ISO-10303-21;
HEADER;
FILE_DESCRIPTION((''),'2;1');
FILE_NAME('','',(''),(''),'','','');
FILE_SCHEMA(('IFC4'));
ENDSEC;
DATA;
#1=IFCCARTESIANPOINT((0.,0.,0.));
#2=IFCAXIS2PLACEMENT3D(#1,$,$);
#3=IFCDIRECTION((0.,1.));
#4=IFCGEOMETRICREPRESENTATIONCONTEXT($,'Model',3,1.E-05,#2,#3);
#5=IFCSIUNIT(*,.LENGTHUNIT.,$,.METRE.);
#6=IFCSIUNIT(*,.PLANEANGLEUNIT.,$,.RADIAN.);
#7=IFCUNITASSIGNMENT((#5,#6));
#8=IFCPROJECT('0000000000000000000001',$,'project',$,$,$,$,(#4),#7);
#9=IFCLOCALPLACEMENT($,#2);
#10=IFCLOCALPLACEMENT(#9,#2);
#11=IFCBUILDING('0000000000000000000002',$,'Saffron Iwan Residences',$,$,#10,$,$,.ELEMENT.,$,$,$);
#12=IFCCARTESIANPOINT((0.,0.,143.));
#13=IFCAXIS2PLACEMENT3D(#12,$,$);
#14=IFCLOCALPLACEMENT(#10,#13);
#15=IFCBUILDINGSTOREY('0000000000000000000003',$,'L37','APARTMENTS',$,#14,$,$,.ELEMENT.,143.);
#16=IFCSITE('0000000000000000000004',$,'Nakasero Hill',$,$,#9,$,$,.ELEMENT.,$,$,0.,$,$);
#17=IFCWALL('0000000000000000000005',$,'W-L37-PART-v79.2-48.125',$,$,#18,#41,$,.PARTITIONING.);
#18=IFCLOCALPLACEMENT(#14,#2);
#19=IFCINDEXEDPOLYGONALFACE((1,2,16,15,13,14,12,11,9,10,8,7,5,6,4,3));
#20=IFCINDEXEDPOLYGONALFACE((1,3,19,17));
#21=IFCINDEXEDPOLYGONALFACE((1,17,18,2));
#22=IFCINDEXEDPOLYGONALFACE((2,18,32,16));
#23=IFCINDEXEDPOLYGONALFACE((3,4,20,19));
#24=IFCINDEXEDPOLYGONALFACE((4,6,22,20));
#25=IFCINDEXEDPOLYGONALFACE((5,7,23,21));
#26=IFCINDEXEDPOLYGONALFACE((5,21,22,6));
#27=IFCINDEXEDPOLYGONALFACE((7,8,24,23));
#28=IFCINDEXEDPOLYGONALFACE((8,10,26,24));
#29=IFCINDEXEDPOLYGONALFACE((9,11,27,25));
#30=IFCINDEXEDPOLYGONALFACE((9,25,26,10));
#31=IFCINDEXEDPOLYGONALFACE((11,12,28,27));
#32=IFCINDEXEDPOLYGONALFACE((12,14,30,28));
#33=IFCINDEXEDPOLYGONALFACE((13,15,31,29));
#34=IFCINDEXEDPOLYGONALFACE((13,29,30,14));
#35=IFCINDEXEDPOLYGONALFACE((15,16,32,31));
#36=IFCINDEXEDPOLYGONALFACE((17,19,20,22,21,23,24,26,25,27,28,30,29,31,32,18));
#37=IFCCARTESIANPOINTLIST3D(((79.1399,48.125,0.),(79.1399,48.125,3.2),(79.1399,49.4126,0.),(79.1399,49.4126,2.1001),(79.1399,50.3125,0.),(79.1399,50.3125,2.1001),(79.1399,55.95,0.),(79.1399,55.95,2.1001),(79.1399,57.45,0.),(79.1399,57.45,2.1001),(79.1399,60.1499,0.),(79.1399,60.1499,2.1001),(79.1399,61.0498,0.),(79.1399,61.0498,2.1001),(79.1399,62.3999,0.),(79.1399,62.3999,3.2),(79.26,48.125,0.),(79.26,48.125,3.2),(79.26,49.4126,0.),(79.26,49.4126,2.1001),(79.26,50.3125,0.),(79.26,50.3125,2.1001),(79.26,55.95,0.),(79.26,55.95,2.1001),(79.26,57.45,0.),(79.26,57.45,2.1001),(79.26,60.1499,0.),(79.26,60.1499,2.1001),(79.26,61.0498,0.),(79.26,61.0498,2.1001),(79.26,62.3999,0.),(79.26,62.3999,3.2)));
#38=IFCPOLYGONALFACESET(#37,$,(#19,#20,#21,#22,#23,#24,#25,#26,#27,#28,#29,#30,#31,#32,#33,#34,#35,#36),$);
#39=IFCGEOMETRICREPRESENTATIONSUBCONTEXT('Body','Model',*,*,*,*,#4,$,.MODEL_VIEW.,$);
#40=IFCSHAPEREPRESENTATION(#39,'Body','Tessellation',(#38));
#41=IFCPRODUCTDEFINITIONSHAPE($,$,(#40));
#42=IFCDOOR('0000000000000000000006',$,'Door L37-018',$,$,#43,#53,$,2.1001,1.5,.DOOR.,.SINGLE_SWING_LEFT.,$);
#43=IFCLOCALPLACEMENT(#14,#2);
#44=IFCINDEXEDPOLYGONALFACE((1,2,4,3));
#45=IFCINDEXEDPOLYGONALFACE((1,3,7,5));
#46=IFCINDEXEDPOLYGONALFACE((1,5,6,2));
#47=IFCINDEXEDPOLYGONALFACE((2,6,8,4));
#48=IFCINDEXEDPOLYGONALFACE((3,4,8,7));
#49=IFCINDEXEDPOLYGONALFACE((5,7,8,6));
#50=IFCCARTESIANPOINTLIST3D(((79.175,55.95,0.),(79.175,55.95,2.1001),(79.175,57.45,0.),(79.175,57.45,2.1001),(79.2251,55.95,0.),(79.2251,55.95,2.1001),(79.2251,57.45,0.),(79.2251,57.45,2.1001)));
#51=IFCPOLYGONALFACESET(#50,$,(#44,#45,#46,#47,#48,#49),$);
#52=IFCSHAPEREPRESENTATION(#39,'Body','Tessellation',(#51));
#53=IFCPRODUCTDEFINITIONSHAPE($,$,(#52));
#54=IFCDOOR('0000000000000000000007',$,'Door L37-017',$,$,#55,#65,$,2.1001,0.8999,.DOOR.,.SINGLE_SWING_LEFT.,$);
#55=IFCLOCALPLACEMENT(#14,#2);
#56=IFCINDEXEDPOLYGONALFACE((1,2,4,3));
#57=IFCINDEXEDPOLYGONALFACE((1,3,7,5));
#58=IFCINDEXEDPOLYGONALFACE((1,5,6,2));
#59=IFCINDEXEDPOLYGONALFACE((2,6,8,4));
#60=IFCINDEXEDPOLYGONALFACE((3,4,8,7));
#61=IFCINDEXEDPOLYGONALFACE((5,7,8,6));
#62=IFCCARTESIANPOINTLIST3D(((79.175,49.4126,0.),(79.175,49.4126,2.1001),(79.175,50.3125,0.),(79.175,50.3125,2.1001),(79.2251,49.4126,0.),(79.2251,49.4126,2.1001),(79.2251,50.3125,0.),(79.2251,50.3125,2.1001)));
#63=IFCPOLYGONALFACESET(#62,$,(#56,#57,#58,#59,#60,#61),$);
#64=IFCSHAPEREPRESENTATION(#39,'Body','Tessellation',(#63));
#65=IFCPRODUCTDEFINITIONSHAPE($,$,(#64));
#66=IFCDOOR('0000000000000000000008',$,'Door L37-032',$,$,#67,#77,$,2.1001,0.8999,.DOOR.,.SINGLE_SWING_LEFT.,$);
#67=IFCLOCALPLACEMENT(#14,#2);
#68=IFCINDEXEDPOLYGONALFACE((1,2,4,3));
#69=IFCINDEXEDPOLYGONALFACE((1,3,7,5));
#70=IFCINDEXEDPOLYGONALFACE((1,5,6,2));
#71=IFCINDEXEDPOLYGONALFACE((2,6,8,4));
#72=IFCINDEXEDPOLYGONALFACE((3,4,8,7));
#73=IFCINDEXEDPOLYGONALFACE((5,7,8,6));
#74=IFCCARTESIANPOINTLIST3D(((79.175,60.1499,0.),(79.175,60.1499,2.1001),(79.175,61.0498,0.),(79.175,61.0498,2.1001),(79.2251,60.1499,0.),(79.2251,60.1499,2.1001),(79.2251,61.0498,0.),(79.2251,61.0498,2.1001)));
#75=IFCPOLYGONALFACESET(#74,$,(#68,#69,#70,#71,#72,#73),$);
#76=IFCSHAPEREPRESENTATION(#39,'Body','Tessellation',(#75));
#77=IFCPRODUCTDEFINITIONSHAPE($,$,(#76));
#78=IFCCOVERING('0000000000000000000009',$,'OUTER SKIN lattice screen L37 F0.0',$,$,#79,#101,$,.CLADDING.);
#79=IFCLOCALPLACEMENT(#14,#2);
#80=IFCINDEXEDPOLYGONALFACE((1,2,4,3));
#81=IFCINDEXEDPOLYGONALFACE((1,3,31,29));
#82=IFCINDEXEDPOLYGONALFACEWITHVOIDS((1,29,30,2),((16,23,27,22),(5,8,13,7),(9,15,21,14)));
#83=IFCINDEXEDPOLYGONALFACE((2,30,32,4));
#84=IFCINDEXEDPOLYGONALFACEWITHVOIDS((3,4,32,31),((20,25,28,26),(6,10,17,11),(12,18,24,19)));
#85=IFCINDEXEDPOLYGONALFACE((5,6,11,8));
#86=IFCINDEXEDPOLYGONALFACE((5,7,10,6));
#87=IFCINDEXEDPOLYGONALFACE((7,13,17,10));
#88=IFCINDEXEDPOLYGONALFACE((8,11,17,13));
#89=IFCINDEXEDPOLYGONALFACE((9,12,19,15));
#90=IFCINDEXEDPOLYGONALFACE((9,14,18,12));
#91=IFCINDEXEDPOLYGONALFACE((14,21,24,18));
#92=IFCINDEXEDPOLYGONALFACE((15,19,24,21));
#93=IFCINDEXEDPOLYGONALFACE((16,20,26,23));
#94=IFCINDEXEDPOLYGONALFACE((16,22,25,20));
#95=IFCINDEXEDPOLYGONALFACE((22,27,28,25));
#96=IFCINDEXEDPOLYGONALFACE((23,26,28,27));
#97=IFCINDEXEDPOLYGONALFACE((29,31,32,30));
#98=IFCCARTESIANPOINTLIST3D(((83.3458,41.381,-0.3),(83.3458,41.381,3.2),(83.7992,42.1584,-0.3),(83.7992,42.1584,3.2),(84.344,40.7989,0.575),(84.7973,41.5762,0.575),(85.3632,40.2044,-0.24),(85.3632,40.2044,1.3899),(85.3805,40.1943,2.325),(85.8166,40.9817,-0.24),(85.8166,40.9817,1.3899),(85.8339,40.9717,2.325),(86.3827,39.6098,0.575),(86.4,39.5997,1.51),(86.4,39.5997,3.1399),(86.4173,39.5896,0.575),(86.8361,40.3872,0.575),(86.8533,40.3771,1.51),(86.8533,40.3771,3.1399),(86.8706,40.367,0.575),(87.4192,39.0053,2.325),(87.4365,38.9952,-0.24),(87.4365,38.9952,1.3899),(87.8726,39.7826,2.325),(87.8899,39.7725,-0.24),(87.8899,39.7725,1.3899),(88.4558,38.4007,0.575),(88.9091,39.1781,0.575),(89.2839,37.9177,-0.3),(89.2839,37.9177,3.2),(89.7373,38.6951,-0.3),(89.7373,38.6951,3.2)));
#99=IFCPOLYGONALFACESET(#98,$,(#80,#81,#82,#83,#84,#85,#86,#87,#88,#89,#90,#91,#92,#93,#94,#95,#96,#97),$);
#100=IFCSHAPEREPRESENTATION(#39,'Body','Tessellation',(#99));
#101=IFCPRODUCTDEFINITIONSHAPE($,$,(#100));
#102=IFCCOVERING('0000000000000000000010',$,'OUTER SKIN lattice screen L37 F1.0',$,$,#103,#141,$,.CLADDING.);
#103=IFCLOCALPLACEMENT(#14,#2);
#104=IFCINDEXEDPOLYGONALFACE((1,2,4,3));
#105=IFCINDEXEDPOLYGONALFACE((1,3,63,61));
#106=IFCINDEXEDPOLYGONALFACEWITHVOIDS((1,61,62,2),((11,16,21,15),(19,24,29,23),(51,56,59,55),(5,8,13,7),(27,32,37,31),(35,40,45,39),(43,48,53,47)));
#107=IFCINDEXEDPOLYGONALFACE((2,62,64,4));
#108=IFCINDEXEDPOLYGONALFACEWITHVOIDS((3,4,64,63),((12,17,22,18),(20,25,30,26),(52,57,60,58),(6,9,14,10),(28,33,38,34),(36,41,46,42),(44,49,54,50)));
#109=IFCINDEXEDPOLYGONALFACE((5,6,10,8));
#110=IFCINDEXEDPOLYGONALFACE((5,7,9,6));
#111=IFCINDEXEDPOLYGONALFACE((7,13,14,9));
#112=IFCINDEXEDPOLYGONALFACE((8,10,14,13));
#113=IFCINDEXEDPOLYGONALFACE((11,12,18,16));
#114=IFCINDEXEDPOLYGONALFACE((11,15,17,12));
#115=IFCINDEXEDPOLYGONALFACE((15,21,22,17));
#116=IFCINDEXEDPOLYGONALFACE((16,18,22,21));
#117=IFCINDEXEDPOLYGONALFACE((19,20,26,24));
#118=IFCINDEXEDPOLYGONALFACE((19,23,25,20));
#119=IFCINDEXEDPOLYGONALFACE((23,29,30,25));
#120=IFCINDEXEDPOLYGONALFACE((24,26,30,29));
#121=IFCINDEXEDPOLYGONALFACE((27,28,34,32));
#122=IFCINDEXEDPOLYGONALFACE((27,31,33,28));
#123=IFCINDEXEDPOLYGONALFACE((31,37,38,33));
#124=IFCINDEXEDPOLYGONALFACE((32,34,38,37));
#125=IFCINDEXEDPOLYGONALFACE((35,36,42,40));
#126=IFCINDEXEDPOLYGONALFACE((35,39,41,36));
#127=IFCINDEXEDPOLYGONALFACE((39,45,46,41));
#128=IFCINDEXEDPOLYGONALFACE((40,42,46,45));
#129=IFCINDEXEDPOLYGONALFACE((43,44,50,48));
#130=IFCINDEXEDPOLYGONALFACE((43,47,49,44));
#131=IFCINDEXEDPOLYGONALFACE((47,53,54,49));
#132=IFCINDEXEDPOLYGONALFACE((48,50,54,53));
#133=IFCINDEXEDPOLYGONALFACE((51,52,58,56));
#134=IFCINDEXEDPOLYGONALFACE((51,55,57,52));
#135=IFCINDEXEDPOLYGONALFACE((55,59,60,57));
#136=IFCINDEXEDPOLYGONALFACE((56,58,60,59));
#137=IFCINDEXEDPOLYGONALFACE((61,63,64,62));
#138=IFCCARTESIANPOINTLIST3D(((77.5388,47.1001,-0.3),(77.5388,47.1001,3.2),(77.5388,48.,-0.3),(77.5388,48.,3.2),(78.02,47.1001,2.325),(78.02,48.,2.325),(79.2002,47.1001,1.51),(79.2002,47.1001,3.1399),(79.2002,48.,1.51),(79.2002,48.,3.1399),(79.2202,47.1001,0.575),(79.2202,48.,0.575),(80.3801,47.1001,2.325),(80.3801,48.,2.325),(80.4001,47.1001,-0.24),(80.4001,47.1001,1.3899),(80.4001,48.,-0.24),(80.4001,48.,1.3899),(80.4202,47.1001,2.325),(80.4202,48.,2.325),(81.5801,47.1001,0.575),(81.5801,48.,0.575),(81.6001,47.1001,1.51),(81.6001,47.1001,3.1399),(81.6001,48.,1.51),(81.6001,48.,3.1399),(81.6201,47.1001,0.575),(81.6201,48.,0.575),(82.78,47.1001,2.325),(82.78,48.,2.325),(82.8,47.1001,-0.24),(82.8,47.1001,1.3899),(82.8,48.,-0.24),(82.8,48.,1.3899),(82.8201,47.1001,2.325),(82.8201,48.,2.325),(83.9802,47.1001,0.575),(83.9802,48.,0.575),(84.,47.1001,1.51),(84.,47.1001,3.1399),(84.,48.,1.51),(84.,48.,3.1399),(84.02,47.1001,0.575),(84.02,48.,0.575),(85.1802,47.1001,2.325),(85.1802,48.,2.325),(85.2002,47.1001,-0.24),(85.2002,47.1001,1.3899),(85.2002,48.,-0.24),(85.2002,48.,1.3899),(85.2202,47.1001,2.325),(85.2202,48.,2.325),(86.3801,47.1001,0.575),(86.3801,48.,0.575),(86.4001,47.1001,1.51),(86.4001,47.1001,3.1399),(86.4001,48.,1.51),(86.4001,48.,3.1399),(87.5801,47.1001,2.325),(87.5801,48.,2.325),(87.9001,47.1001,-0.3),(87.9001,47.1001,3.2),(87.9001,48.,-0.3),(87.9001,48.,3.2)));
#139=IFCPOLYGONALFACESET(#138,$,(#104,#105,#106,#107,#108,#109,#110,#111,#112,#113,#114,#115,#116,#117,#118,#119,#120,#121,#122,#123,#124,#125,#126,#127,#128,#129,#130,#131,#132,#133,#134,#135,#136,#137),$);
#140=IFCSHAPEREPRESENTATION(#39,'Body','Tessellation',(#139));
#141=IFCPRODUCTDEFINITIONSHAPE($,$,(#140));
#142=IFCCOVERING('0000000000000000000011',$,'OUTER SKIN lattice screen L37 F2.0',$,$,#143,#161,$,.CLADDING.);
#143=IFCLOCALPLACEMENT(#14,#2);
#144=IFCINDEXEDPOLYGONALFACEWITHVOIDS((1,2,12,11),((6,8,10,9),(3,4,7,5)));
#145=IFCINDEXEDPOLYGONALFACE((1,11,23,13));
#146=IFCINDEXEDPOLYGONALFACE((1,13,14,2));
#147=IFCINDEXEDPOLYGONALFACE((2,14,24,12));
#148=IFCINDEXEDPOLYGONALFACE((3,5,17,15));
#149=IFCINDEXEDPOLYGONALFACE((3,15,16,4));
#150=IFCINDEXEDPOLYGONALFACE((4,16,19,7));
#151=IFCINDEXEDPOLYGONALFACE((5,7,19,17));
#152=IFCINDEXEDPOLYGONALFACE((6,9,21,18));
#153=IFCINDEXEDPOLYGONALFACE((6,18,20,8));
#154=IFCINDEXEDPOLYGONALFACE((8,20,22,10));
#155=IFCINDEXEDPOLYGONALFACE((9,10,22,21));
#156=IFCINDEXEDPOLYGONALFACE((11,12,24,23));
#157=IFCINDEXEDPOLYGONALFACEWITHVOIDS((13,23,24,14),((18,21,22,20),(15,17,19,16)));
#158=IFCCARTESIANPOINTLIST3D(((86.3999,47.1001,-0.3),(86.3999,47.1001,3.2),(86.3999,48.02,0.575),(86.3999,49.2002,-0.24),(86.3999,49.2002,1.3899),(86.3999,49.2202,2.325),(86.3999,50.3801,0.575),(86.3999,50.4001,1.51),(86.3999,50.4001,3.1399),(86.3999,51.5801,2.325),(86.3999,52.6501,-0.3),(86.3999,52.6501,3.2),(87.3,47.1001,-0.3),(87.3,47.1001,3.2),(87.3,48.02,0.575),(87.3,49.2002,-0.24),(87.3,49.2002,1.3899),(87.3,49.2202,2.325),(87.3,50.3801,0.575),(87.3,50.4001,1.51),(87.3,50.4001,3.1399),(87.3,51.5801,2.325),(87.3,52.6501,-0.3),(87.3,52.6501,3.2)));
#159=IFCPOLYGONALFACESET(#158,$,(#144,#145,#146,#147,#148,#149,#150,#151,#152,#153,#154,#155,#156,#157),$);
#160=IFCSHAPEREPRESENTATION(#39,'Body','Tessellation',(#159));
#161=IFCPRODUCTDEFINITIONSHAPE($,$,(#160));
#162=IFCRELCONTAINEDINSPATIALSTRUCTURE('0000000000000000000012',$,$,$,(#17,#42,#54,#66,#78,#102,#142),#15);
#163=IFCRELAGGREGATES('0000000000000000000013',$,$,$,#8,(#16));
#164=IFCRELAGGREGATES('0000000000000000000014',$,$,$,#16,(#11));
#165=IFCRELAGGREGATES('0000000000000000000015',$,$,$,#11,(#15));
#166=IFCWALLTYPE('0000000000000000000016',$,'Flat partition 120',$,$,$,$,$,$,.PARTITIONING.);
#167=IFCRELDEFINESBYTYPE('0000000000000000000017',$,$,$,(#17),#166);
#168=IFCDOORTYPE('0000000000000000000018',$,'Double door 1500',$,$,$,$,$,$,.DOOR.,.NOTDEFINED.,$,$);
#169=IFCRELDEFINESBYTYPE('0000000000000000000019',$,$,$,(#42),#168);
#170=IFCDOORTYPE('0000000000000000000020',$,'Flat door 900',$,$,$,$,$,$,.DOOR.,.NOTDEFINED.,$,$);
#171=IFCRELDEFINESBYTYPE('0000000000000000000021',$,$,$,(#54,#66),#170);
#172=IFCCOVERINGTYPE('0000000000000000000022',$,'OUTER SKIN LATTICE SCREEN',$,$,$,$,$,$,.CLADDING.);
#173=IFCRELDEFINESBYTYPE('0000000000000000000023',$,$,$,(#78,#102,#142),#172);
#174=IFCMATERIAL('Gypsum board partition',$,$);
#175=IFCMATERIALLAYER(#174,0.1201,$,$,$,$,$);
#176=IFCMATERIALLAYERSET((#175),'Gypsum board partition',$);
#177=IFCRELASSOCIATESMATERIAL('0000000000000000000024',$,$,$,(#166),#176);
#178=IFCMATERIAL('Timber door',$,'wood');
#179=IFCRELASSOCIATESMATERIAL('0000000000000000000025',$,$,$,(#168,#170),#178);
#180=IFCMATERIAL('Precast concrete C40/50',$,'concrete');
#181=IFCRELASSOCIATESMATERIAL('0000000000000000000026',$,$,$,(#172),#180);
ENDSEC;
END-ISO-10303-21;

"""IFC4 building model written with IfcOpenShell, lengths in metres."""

from ifc_helpers import new_model, si_unit, direction, frame, frame_2d, origin, place, context, subcontext, project, spatial, polyline, rectangle, outline, extrude, material, layer, layer_set, type_object, element, fill, save


model = new_model("IFC4")

# Units and contexts
model_context = context("Model", 3, precision=1e-05, world=origin(), true_north=direction((0.0, 1.0)))
body_context = subcontext(model_context, "Body", "Model", "MODEL_VIEW")
ifc_project = project(units=[si_unit("LENGTHUNIT", "METRE"), si_unit("PLANEANGLEUNIT", "RADIAN")], contexts=[model_context])

# Site, building, storey
site_placement = place(None, origin())
site = spatial("IfcSite", under=ifc_project, at=site_placement, Name="Nakasero Hill", CompositionType="ELEMENT", RefElevation=0.0)
building_placement = place(site_placement, origin())
building = spatial("IfcBuilding", under=site, at=building_placement, Name="Saffron Iwan Residences", CompositionType="ELEMENT")
storey_placement = place(building_placement, frame((0.0, 0.0, 143.0)))
storey = spatial("IfcBuildingStorey", under=building, at=storey_placement, Name="L37", Description="APARTMENTS", CompositionType="ELEMENT", Elevation=143.0)

# Shared definitions
ifc_material_1 = material(Name="Gypsum board partition")
ifc_layer_1 = layer(ifc_material_1, 0.1201)
ifc_layer_set_1 = layer_set([ifc_layer_1], Name="Gypsum board partition")
wall_type_1 = type_object("IfcWallType", Name="Flat partition 120", PredefinedType="PARTITIONING", material=ifc_layer_set_1)
ifc_material_2 = material(Name="Timber door", Category="wood")
door_type_1 = type_object("IfcDoorType", Name="Double door 1500", OperationType="NOTDEFINED", PredefinedType="DOOR", material=ifc_material_2)

# Wall, openings, doors
wall_1_placement = place(storey_placement, frame((79.2, 48.125, 0.0), z_axis=(0.0, 0.0, 1.0), x_axis=(0.0, 1.0, 0.0)))
wall_1 = element("IfcWall", 1, at=wall_1_placement, inside=storey, type_object=wall_type_1, Name="W-L37-PART-v79.2-48.125", PredefinedType="PARTITIONING", context=body_context, shape_type="SweptSolid", body=[
    extrude(rectangle(XDim=14.2749, YDim=0.1201, at=frame_2d((7.1375, 0.0))), origin(), (0.0, 0.0, 1.0), 3.2),
])
opening_1_placement = place(wall_1_placement, frame((1.2876, 0.0, 0.0)))
opening_1 = element("IfcOpeningElement", 2, at=opening_1_placement, cuts=wall_1, PredefinedType="OPENING", context=body_context, shape_type="SweptSolid", body=[
    extrude(rectangle(XDim=0.8999, YDim=2.1001, at=frame_2d((0.45, 1.05))), frame((0.0, 0.0701, 0.0), z_axis=(0.0, -1.0, 0.0), x_axis=(1.0, 0.0, 0.0)), (0.0, 0.0, 1.0), 0.1401),
])
opening_2_placement = place(wall_1_placement, frame((7.825, 0.0, 0.0)))
opening_2 = element("IfcOpeningElement", 3, at=opening_2_placement, cuts=wall_1, PredefinedType="OPENING", context=body_context, shape_type="SweptSolid", body=[
    extrude(rectangle(XDim=1.5, YDim=2.1001, at=frame_2d((0.75, 1.05))), frame((0.0, 0.0701, 0.0), z_axis=(0.0, -1.0, 0.0), x_axis=(1.0, 0.0, 0.0)), (0.0, 0.0, 1.0), 0.1401),
])
opening_3_placement = place(wall_1_placement, frame((12.0249, 0.0, 0.0)))
opening_3 = element("IfcOpeningElement", 4, at=opening_3_placement, cuts=wall_1, PredefinedType="OPENING", context=body_context, shape_type="SweptSolid", body=[
    extrude(rectangle(XDim=0.8999, YDim=2.1001, at=frame_2d((0.45, 1.05))), frame((0.0, 0.0701, 0.0), z_axis=(0.0, -1.0, 0.0), x_axis=(1.0, 0.0, 0.0)), (0.0, 0.0, 1.0), 0.1401),
])
door_1_placement = place(opening_2_placement, origin())
door_1 = element("IfcDoor", 5, at=door_1_placement, inside=storey, type_object=door_type_1, Name="Door L37-018", OperationType="SINGLE_SWING_LEFT", OverallHeight=2.1001, OverallWidth=1.5, PredefinedType="DOOR", context=body_context, shape_type="SweptSolid", body=[
    extrude(rectangle(XDim=1.5, YDim=2.1001, at=frame_2d((0.75, 1.05))), frame((0.0, 0.0249, 0.0), z_axis=(0.0, -1.0, 0.0), x_axis=(1.0, 0.0, 0.0)), (0.0, 0.0, 1.0), 0.05),
])
fill(opening_2, door_1)
door_type_2 = type_object("IfcDoorType", Name="Flat door 900", OperationType="NOTDEFINED", PredefinedType="DOOR", material=ifc_material_2)
door_2_placement = place(opening_1_placement, origin())
door_2 = element("IfcDoor", 6, at=door_2_placement, inside=storey, type_object=door_type_2, Name="Door L37-017", OperationType="SINGLE_SWING_LEFT", OverallHeight=2.1001, OverallWidth=0.8999, PredefinedType="DOOR", context=body_context, shape_type="SweptSolid", body=[
    extrude(rectangle(XDim=0.8999, YDim=2.1001, at=frame_2d((0.45, 1.05))), frame((0.0, 0.0249, 0.0), z_axis=(0.0, -1.0, 0.0), x_axis=(1.0, 0.0, 0.0)), (0.0, 0.0, 1.0), 0.05),
])
fill(opening_1, door_2)
door_3_placement = place(opening_3_placement, origin())
door_3 = element("IfcDoor", 7, at=door_3_placement, inside=storey, type_object=door_type_2, Name="Door L37-032", OperationType="SINGLE_SWING_LEFT", OverallHeight=2.1001, OverallWidth=0.8999, PredefinedType="DOOR", context=body_context, shape_type="SweptSolid", body=[
    extrude(rectangle(XDim=0.8999, YDim=2.1001, at=frame_2d((0.45, 1.05))), frame((0.0, 0.0249, 0.0), z_axis=(0.0, -1.0, 0.0), x_axis=(1.0, 0.0, 0.0)), (0.0, 0.0, 1.0), 0.05),
])
fill(opening_3, door_3)

# Coverings
ifc_material_3 = material(Name="Precast concrete C40/50", Category="concrete")
covering_type = type_object("IfcCoveringType", Name="OUTER SKIN LATTICE SCREEN", PredefinedType="CLADDING", material=ifc_material_3)
covering_1_placement = place(storey_placement, frame((89.2839, 37.9177, -0.3), z_axis=(0.503804, 0.863818, 0.0), x_axis=(-0.863818, 0.503804, 0.0)))
element("IfcCovering", 8, at=covering_1_placement, inside=storey, type_object=covering_type, Name="OUTER SKIN lattice screen L37 F0.0", PredefinedType="CLADDING", context=body_context, shape_type="SweptSolid", body=[
    extrude(outline(polyline([(0.0, 0.0), (6.8743, 0.0), (6.8743, 3.5), (0.0, 3.5), (0.0, 0.0)]), holes=[polyline([(0.9587, 0.875), (2.1387, 0.0601), (3.3186, 0.875), (2.1387, 1.6899), (0.9587, 0.875)]), polyline([(3.3586, 0.875), (4.5388, 0.0601), (5.7188, 0.875), (4.5388, 1.6899), (3.3586, 0.875)]), polyline([(2.1587, 2.625), (3.3386, 1.8101), (4.5188, 2.625), (3.3386, 3.4399), (2.1587, 2.625)])]), origin(), (0.0, 0.0, 1.0), 0.8999),
])
covering_2_placement = place(storey_placement, frame((77.5388, 48.0, -0.3), z_axis=(0.0, -1.0, 0.0), x_axis=(1.0, 0.0, 0.0)))
element("IfcCovering", 9, at=covering_2_placement, inside=storey, type_object=covering_type, Name="OUTER SKIN lattice screen L37 F1.0", PredefinedType="CLADDING", context=body_context, shape_type="SweptSolid", body=[
    extrude(outline(polyline([(0.0, 0.0), (10.3613, 0.0), (10.3613, 3.5), (0.0, 3.5), (0.0, 0.0)]), holes=[polyline([(1.6814, 0.875), (2.8613, 0.0601), (4.0413, 0.875), (2.8613, 1.6899), (1.6814, 0.875)]), polyline([(4.0813, 0.875), (5.2612, 0.0601), (6.4414, 0.875), (5.2612, 1.6899), (4.0813, 0.875)]), polyline([(6.4812, 0.875), (7.6614, 0.0601), (8.8413, 0.875), (7.6614, 1.6899), (6.4812, 0.875)]), polyline([(0.4812, 2.625), (1.6614, 1.8101), (2.8413, 2.625), (1.6614, 3.4399), (0.4812, 2.625)]), polyline([(2.8813, 2.625), (4.0613, 1.8101), (5.2412, 2.625), (4.0613, 3.4399), (2.8813, 2.625)]), polyline([(5.2812, 2.625), (6.4612, 1.8101), (7.6414, 2.625), (6.4612, 3.4399), (5.2812, 2.625)]), polyline([(7.6814, 2.625), (8.8613, 1.8101), (10.0413, 2.625), (8.8613, 3.4399), (7.6814, 2.625)])]), origin(), (0.0, 0.0, 1.0), 0.8999),
])
covering_3_placement = place(storey_placement, frame((86.3999, 47.1001, -0.3), z_axis=(1.0, 0.0, 0.0), x_axis=(0.0, 1.0, 0.0)))
element("IfcCovering", 10, at=covering_3_placement, inside=storey, type_object=covering_type, Name="OUTER SKIN lattice screen L37 F2.0", PredefinedType="CLADDING", context=body_context, shape_type="SweptSolid", body=[
    extrude(outline(polyline([(0.0, 0.0), (5.55, 0.0), (5.55, 3.5), (0.0, 3.5), (0.0, 0.0)]), holes=[polyline([(0.9199, 0.875), (2.1001, 0.0601), (3.28, 0.875), (2.1001, 1.6899), (0.9199, 0.875)]), polyline([(2.1201, 2.625), (3.3, 1.8101), (4.48, 2.625), (3.3, 3.4399), (2.1201, 2.625)])]), origin(), (0.0, 0.0, 1.0), 0.9001),
])

save(model, "model.ifc")
